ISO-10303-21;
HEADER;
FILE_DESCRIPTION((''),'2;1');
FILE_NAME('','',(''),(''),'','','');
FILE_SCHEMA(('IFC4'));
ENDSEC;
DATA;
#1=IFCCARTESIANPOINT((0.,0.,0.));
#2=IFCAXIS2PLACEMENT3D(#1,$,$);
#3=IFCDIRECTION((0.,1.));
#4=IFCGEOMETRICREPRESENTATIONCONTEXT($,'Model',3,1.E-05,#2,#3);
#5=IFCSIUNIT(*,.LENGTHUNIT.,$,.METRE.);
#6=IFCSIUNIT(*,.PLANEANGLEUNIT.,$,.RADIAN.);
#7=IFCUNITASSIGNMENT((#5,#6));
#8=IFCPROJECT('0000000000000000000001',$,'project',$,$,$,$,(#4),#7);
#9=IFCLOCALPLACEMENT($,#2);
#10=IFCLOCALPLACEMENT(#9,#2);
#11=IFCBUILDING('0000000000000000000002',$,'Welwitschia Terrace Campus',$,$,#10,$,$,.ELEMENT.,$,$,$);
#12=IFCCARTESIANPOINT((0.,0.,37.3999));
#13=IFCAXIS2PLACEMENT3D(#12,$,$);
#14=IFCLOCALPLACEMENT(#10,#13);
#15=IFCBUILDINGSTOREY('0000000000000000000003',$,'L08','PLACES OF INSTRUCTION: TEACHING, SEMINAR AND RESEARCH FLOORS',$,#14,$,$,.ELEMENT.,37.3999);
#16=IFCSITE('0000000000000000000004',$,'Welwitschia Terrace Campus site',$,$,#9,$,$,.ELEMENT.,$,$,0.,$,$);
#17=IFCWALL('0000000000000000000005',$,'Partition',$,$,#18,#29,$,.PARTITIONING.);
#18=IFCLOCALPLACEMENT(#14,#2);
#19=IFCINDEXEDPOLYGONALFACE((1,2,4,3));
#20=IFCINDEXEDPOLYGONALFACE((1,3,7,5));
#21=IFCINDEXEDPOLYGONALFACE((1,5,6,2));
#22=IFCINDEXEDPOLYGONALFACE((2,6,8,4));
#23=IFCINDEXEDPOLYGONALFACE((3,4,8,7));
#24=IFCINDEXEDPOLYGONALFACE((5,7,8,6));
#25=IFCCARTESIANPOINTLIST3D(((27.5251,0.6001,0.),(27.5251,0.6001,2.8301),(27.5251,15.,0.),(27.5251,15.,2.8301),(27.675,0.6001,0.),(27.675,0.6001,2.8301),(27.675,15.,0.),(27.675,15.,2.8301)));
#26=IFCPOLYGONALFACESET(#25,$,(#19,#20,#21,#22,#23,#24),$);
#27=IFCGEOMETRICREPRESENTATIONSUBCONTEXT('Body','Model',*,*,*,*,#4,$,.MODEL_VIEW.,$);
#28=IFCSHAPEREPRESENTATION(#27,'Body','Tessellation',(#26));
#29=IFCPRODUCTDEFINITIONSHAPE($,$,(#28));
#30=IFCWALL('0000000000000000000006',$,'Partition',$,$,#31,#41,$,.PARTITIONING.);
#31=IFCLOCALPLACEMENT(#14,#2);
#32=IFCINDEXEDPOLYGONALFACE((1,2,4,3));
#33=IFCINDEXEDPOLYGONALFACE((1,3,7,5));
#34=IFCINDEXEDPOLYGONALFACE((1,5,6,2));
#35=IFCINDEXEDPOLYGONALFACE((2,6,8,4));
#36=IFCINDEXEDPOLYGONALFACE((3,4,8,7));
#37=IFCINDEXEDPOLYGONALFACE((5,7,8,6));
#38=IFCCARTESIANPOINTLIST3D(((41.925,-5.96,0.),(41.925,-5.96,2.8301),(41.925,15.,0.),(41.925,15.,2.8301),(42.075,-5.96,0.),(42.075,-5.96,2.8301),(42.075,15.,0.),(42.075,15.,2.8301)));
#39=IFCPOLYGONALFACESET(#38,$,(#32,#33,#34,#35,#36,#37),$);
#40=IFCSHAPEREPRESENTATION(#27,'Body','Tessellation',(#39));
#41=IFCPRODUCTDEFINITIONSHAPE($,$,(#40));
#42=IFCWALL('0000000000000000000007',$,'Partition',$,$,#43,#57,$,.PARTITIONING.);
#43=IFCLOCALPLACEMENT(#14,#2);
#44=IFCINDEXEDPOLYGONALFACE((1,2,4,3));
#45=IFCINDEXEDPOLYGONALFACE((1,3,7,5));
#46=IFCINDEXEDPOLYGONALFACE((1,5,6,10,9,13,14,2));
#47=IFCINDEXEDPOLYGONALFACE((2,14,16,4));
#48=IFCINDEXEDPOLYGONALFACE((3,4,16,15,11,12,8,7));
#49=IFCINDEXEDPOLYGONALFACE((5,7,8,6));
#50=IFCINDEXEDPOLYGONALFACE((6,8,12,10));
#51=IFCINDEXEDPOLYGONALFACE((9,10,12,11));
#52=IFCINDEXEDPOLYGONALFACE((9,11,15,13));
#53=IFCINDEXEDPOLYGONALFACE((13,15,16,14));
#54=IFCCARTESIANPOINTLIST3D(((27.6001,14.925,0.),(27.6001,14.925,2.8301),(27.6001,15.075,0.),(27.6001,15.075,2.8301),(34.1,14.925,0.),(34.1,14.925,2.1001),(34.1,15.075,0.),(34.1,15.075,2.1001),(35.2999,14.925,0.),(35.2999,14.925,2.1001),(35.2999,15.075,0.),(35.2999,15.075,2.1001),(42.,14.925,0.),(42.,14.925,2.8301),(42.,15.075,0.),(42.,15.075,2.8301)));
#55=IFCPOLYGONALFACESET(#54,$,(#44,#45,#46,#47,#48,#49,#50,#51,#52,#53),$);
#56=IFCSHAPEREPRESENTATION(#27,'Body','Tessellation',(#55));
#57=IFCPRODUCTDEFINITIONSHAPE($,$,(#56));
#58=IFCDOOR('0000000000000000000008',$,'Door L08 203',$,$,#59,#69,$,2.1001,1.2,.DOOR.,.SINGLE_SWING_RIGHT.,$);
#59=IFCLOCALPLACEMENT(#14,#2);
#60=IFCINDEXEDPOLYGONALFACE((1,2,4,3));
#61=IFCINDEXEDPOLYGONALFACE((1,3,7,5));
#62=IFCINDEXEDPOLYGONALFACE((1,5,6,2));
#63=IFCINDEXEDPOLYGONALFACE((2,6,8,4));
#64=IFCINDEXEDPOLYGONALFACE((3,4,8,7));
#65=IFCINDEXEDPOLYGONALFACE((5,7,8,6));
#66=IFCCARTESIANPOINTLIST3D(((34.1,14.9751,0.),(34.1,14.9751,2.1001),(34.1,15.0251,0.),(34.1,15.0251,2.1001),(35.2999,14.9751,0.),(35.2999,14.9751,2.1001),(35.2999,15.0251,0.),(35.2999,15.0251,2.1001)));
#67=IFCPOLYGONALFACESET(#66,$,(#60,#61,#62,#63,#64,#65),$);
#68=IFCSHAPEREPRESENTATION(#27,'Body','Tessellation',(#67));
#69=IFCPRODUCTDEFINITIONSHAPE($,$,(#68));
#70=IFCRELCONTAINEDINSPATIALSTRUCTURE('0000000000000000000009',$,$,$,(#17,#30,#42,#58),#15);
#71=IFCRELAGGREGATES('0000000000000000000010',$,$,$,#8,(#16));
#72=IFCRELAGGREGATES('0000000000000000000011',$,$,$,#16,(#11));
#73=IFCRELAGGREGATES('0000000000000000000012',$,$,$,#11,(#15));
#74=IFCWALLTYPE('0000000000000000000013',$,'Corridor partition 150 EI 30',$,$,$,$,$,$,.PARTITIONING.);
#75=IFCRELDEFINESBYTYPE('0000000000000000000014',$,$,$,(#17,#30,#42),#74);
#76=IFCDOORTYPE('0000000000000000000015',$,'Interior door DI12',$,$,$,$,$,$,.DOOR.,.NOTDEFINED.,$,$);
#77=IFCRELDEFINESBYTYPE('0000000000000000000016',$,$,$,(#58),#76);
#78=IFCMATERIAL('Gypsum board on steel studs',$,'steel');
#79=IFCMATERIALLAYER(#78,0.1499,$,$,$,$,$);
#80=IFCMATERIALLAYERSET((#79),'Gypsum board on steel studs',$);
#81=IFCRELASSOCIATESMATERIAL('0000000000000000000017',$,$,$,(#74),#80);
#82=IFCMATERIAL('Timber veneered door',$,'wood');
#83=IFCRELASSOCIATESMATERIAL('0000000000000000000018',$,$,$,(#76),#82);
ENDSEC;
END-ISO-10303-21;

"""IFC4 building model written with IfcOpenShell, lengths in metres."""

from ifc_helpers import new_model, si_unit, direction, frame, frame_2d, origin, place, context, subcontext, project, spatial, rectangle, extrude, material, layer, layer_set, type_object, element, fill, save


model = new_model("IFC4")

# Units and contexts
model_context = context("Model", 3, precision=1e-05, world=origin(), true_north=direction((0.0, 1.0)))
body_context = subcontext(model_context, "Body", "Model", "MODEL_VIEW")
ifc_project = project(units=[si_unit("LENGTHUNIT", "METRE"), si_unit("PLANEANGLEUNIT", "RADIAN")], contexts=[model_context])

# Site, building, storey
site_placement = place(None, origin())
site = spatial("IfcSite", under=ifc_project, at=site_placement, Name="Welwitschia Terrace Campus site", CompositionType="ELEMENT", RefElevation=0.0)
building_placement = place(site_placement, origin())
building = spatial("IfcBuilding", under=site, at=building_placement, Name="Welwitschia Terrace Campus", CompositionType="ELEMENT")
storey_placement = place(building_placement, frame((0.0, 0.0, 37.3999)))
storey = spatial("IfcBuildingStorey", under=building, at=storey_placement, Name="L08", Description="PLACES OF INSTRUCTION: TEACHING, SEMINAR AND RESEARCH FLOORS", CompositionType="ELEMENT", Elevation=37.3999)

# Shared definitions
ifc_material_1 = material(Name="Gypsum board on steel studs", Category="steel")
ifc_layer_1 = layer(ifc_material_1, 0.1499)
ifc_layer_set_1 = layer_set([ifc_layer_1], Name="Gypsum board on steel studs")
wall_type = type_object("IfcWallType", Name="Corridor partition 150 EI 30", PredefinedType="PARTITIONING", material=ifc_layer_set_1)

# Shared definitions
ifc_material_2 = material(Name="Timber veneered door", Category="wood")
door_type = type_object("IfcDoorType", Name="Interior door DI12", OperationType="NOTDEFINED", PredefinedType="DOOR", material=ifc_material_2)

# Walls
wall_1_placement = place(storey_placement, frame((27.6001, 0.6001, 0.0), z_axis=(0.0, 0.0, 1.0), x_axis=(0.0, 1.0, 0.0)))
element("IfcWall", 1, at=wall_1_placement, inside=storey, type_object=wall_type, Name="Partition", PredefinedType="PARTITIONING", context=body_context, shape_type="SweptSolid", body=[
    extrude(rectangle(XDim=14.3999, YDim=0.1499, at=frame_2d((7.2, 0.0))), origin(), (0.0, 0.0, 1.0), 2.8301),
])
wall_2_placement = place(storey_placement, frame((42.0, -5.96, 0.0), z_axis=(0.0, 0.0, 1.0), x_axis=(0.0, 1.0, 0.0)))
element("IfcWall", 2, at=wall_2_placement, inside=storey, type_object=wall_type, Name="Partition", PredefinedType="PARTITIONING", context=body_context, shape_type="SweptSolid", body=[
    extrude(rectangle(XDim=20.96, YDim=0.1499, at=frame_2d((10.48, 0.0))), origin(), (0.0, 0.0, 1.0), 2.8301),
])

# Wall, opening, door
wall_3_placement = place(storey_placement, frame((42.0, 15.0, 0.0), z_axis=(0.0, 0.0, 1.0), x_axis=(-1.0, 0.0, 0.0)))
wall_3 = element("IfcWall", 3, at=wall_3_placement, inside=storey, type_object=wall_type, Name="Partition", PredefinedType="PARTITIONING", context=body_context, shape_type="SweptSolid", body=[
    extrude(rectangle(XDim=14.3999, YDim=0.1499, at=frame_2d((7.2, 0.0))), origin(), (0.0, 0.0, 1.0), 2.8301),
])
opening_1_placement = place(wall_3_placement, frame((6.7, 0.0, 0.0)))
opening_1 = element("IfcOpeningElement", 4, at=opening_1_placement, cuts=wall_3, PredefinedType="OPENING", context=body_context, shape_type="SweptSolid", body=[
    extrude(rectangle(XDim=1.2, YDim=2.1001, at=frame_2d((0.6001, 1.05))), frame((0.0, 0.085, 0.0), z_axis=(0.0, -1.0, 0.0), x_axis=(1.0, 0.0, 0.0)), (0.0, 0.0, 1.0), 0.1699),
])
door_1_placement = place(opening_1_placement, origin())
door_1 = element("IfcDoor", 5, at=door_1_placement, inside=storey, type_object=door_type, Name="Door L08 203", OperationType="SINGLE_SWING_RIGHT", OverallHeight=2.1001, OverallWidth=1.2, PredefinedType="DOOR", context=body_context, shape_type="SweptSolid", body=[
    extrude(rectangle(XDim=1.2, YDim=2.1001, at=frame_2d((0.6001, 1.05))), frame((0.0, 0.0249, 0.0), z_axis=(0.0, -1.0, 0.0), x_axis=(1.0, 0.0, 0.0)), (0.0, 0.0, 1.0), 0.05),
])
fill(opening_1, door_1)

save(model, "model.ifc")
